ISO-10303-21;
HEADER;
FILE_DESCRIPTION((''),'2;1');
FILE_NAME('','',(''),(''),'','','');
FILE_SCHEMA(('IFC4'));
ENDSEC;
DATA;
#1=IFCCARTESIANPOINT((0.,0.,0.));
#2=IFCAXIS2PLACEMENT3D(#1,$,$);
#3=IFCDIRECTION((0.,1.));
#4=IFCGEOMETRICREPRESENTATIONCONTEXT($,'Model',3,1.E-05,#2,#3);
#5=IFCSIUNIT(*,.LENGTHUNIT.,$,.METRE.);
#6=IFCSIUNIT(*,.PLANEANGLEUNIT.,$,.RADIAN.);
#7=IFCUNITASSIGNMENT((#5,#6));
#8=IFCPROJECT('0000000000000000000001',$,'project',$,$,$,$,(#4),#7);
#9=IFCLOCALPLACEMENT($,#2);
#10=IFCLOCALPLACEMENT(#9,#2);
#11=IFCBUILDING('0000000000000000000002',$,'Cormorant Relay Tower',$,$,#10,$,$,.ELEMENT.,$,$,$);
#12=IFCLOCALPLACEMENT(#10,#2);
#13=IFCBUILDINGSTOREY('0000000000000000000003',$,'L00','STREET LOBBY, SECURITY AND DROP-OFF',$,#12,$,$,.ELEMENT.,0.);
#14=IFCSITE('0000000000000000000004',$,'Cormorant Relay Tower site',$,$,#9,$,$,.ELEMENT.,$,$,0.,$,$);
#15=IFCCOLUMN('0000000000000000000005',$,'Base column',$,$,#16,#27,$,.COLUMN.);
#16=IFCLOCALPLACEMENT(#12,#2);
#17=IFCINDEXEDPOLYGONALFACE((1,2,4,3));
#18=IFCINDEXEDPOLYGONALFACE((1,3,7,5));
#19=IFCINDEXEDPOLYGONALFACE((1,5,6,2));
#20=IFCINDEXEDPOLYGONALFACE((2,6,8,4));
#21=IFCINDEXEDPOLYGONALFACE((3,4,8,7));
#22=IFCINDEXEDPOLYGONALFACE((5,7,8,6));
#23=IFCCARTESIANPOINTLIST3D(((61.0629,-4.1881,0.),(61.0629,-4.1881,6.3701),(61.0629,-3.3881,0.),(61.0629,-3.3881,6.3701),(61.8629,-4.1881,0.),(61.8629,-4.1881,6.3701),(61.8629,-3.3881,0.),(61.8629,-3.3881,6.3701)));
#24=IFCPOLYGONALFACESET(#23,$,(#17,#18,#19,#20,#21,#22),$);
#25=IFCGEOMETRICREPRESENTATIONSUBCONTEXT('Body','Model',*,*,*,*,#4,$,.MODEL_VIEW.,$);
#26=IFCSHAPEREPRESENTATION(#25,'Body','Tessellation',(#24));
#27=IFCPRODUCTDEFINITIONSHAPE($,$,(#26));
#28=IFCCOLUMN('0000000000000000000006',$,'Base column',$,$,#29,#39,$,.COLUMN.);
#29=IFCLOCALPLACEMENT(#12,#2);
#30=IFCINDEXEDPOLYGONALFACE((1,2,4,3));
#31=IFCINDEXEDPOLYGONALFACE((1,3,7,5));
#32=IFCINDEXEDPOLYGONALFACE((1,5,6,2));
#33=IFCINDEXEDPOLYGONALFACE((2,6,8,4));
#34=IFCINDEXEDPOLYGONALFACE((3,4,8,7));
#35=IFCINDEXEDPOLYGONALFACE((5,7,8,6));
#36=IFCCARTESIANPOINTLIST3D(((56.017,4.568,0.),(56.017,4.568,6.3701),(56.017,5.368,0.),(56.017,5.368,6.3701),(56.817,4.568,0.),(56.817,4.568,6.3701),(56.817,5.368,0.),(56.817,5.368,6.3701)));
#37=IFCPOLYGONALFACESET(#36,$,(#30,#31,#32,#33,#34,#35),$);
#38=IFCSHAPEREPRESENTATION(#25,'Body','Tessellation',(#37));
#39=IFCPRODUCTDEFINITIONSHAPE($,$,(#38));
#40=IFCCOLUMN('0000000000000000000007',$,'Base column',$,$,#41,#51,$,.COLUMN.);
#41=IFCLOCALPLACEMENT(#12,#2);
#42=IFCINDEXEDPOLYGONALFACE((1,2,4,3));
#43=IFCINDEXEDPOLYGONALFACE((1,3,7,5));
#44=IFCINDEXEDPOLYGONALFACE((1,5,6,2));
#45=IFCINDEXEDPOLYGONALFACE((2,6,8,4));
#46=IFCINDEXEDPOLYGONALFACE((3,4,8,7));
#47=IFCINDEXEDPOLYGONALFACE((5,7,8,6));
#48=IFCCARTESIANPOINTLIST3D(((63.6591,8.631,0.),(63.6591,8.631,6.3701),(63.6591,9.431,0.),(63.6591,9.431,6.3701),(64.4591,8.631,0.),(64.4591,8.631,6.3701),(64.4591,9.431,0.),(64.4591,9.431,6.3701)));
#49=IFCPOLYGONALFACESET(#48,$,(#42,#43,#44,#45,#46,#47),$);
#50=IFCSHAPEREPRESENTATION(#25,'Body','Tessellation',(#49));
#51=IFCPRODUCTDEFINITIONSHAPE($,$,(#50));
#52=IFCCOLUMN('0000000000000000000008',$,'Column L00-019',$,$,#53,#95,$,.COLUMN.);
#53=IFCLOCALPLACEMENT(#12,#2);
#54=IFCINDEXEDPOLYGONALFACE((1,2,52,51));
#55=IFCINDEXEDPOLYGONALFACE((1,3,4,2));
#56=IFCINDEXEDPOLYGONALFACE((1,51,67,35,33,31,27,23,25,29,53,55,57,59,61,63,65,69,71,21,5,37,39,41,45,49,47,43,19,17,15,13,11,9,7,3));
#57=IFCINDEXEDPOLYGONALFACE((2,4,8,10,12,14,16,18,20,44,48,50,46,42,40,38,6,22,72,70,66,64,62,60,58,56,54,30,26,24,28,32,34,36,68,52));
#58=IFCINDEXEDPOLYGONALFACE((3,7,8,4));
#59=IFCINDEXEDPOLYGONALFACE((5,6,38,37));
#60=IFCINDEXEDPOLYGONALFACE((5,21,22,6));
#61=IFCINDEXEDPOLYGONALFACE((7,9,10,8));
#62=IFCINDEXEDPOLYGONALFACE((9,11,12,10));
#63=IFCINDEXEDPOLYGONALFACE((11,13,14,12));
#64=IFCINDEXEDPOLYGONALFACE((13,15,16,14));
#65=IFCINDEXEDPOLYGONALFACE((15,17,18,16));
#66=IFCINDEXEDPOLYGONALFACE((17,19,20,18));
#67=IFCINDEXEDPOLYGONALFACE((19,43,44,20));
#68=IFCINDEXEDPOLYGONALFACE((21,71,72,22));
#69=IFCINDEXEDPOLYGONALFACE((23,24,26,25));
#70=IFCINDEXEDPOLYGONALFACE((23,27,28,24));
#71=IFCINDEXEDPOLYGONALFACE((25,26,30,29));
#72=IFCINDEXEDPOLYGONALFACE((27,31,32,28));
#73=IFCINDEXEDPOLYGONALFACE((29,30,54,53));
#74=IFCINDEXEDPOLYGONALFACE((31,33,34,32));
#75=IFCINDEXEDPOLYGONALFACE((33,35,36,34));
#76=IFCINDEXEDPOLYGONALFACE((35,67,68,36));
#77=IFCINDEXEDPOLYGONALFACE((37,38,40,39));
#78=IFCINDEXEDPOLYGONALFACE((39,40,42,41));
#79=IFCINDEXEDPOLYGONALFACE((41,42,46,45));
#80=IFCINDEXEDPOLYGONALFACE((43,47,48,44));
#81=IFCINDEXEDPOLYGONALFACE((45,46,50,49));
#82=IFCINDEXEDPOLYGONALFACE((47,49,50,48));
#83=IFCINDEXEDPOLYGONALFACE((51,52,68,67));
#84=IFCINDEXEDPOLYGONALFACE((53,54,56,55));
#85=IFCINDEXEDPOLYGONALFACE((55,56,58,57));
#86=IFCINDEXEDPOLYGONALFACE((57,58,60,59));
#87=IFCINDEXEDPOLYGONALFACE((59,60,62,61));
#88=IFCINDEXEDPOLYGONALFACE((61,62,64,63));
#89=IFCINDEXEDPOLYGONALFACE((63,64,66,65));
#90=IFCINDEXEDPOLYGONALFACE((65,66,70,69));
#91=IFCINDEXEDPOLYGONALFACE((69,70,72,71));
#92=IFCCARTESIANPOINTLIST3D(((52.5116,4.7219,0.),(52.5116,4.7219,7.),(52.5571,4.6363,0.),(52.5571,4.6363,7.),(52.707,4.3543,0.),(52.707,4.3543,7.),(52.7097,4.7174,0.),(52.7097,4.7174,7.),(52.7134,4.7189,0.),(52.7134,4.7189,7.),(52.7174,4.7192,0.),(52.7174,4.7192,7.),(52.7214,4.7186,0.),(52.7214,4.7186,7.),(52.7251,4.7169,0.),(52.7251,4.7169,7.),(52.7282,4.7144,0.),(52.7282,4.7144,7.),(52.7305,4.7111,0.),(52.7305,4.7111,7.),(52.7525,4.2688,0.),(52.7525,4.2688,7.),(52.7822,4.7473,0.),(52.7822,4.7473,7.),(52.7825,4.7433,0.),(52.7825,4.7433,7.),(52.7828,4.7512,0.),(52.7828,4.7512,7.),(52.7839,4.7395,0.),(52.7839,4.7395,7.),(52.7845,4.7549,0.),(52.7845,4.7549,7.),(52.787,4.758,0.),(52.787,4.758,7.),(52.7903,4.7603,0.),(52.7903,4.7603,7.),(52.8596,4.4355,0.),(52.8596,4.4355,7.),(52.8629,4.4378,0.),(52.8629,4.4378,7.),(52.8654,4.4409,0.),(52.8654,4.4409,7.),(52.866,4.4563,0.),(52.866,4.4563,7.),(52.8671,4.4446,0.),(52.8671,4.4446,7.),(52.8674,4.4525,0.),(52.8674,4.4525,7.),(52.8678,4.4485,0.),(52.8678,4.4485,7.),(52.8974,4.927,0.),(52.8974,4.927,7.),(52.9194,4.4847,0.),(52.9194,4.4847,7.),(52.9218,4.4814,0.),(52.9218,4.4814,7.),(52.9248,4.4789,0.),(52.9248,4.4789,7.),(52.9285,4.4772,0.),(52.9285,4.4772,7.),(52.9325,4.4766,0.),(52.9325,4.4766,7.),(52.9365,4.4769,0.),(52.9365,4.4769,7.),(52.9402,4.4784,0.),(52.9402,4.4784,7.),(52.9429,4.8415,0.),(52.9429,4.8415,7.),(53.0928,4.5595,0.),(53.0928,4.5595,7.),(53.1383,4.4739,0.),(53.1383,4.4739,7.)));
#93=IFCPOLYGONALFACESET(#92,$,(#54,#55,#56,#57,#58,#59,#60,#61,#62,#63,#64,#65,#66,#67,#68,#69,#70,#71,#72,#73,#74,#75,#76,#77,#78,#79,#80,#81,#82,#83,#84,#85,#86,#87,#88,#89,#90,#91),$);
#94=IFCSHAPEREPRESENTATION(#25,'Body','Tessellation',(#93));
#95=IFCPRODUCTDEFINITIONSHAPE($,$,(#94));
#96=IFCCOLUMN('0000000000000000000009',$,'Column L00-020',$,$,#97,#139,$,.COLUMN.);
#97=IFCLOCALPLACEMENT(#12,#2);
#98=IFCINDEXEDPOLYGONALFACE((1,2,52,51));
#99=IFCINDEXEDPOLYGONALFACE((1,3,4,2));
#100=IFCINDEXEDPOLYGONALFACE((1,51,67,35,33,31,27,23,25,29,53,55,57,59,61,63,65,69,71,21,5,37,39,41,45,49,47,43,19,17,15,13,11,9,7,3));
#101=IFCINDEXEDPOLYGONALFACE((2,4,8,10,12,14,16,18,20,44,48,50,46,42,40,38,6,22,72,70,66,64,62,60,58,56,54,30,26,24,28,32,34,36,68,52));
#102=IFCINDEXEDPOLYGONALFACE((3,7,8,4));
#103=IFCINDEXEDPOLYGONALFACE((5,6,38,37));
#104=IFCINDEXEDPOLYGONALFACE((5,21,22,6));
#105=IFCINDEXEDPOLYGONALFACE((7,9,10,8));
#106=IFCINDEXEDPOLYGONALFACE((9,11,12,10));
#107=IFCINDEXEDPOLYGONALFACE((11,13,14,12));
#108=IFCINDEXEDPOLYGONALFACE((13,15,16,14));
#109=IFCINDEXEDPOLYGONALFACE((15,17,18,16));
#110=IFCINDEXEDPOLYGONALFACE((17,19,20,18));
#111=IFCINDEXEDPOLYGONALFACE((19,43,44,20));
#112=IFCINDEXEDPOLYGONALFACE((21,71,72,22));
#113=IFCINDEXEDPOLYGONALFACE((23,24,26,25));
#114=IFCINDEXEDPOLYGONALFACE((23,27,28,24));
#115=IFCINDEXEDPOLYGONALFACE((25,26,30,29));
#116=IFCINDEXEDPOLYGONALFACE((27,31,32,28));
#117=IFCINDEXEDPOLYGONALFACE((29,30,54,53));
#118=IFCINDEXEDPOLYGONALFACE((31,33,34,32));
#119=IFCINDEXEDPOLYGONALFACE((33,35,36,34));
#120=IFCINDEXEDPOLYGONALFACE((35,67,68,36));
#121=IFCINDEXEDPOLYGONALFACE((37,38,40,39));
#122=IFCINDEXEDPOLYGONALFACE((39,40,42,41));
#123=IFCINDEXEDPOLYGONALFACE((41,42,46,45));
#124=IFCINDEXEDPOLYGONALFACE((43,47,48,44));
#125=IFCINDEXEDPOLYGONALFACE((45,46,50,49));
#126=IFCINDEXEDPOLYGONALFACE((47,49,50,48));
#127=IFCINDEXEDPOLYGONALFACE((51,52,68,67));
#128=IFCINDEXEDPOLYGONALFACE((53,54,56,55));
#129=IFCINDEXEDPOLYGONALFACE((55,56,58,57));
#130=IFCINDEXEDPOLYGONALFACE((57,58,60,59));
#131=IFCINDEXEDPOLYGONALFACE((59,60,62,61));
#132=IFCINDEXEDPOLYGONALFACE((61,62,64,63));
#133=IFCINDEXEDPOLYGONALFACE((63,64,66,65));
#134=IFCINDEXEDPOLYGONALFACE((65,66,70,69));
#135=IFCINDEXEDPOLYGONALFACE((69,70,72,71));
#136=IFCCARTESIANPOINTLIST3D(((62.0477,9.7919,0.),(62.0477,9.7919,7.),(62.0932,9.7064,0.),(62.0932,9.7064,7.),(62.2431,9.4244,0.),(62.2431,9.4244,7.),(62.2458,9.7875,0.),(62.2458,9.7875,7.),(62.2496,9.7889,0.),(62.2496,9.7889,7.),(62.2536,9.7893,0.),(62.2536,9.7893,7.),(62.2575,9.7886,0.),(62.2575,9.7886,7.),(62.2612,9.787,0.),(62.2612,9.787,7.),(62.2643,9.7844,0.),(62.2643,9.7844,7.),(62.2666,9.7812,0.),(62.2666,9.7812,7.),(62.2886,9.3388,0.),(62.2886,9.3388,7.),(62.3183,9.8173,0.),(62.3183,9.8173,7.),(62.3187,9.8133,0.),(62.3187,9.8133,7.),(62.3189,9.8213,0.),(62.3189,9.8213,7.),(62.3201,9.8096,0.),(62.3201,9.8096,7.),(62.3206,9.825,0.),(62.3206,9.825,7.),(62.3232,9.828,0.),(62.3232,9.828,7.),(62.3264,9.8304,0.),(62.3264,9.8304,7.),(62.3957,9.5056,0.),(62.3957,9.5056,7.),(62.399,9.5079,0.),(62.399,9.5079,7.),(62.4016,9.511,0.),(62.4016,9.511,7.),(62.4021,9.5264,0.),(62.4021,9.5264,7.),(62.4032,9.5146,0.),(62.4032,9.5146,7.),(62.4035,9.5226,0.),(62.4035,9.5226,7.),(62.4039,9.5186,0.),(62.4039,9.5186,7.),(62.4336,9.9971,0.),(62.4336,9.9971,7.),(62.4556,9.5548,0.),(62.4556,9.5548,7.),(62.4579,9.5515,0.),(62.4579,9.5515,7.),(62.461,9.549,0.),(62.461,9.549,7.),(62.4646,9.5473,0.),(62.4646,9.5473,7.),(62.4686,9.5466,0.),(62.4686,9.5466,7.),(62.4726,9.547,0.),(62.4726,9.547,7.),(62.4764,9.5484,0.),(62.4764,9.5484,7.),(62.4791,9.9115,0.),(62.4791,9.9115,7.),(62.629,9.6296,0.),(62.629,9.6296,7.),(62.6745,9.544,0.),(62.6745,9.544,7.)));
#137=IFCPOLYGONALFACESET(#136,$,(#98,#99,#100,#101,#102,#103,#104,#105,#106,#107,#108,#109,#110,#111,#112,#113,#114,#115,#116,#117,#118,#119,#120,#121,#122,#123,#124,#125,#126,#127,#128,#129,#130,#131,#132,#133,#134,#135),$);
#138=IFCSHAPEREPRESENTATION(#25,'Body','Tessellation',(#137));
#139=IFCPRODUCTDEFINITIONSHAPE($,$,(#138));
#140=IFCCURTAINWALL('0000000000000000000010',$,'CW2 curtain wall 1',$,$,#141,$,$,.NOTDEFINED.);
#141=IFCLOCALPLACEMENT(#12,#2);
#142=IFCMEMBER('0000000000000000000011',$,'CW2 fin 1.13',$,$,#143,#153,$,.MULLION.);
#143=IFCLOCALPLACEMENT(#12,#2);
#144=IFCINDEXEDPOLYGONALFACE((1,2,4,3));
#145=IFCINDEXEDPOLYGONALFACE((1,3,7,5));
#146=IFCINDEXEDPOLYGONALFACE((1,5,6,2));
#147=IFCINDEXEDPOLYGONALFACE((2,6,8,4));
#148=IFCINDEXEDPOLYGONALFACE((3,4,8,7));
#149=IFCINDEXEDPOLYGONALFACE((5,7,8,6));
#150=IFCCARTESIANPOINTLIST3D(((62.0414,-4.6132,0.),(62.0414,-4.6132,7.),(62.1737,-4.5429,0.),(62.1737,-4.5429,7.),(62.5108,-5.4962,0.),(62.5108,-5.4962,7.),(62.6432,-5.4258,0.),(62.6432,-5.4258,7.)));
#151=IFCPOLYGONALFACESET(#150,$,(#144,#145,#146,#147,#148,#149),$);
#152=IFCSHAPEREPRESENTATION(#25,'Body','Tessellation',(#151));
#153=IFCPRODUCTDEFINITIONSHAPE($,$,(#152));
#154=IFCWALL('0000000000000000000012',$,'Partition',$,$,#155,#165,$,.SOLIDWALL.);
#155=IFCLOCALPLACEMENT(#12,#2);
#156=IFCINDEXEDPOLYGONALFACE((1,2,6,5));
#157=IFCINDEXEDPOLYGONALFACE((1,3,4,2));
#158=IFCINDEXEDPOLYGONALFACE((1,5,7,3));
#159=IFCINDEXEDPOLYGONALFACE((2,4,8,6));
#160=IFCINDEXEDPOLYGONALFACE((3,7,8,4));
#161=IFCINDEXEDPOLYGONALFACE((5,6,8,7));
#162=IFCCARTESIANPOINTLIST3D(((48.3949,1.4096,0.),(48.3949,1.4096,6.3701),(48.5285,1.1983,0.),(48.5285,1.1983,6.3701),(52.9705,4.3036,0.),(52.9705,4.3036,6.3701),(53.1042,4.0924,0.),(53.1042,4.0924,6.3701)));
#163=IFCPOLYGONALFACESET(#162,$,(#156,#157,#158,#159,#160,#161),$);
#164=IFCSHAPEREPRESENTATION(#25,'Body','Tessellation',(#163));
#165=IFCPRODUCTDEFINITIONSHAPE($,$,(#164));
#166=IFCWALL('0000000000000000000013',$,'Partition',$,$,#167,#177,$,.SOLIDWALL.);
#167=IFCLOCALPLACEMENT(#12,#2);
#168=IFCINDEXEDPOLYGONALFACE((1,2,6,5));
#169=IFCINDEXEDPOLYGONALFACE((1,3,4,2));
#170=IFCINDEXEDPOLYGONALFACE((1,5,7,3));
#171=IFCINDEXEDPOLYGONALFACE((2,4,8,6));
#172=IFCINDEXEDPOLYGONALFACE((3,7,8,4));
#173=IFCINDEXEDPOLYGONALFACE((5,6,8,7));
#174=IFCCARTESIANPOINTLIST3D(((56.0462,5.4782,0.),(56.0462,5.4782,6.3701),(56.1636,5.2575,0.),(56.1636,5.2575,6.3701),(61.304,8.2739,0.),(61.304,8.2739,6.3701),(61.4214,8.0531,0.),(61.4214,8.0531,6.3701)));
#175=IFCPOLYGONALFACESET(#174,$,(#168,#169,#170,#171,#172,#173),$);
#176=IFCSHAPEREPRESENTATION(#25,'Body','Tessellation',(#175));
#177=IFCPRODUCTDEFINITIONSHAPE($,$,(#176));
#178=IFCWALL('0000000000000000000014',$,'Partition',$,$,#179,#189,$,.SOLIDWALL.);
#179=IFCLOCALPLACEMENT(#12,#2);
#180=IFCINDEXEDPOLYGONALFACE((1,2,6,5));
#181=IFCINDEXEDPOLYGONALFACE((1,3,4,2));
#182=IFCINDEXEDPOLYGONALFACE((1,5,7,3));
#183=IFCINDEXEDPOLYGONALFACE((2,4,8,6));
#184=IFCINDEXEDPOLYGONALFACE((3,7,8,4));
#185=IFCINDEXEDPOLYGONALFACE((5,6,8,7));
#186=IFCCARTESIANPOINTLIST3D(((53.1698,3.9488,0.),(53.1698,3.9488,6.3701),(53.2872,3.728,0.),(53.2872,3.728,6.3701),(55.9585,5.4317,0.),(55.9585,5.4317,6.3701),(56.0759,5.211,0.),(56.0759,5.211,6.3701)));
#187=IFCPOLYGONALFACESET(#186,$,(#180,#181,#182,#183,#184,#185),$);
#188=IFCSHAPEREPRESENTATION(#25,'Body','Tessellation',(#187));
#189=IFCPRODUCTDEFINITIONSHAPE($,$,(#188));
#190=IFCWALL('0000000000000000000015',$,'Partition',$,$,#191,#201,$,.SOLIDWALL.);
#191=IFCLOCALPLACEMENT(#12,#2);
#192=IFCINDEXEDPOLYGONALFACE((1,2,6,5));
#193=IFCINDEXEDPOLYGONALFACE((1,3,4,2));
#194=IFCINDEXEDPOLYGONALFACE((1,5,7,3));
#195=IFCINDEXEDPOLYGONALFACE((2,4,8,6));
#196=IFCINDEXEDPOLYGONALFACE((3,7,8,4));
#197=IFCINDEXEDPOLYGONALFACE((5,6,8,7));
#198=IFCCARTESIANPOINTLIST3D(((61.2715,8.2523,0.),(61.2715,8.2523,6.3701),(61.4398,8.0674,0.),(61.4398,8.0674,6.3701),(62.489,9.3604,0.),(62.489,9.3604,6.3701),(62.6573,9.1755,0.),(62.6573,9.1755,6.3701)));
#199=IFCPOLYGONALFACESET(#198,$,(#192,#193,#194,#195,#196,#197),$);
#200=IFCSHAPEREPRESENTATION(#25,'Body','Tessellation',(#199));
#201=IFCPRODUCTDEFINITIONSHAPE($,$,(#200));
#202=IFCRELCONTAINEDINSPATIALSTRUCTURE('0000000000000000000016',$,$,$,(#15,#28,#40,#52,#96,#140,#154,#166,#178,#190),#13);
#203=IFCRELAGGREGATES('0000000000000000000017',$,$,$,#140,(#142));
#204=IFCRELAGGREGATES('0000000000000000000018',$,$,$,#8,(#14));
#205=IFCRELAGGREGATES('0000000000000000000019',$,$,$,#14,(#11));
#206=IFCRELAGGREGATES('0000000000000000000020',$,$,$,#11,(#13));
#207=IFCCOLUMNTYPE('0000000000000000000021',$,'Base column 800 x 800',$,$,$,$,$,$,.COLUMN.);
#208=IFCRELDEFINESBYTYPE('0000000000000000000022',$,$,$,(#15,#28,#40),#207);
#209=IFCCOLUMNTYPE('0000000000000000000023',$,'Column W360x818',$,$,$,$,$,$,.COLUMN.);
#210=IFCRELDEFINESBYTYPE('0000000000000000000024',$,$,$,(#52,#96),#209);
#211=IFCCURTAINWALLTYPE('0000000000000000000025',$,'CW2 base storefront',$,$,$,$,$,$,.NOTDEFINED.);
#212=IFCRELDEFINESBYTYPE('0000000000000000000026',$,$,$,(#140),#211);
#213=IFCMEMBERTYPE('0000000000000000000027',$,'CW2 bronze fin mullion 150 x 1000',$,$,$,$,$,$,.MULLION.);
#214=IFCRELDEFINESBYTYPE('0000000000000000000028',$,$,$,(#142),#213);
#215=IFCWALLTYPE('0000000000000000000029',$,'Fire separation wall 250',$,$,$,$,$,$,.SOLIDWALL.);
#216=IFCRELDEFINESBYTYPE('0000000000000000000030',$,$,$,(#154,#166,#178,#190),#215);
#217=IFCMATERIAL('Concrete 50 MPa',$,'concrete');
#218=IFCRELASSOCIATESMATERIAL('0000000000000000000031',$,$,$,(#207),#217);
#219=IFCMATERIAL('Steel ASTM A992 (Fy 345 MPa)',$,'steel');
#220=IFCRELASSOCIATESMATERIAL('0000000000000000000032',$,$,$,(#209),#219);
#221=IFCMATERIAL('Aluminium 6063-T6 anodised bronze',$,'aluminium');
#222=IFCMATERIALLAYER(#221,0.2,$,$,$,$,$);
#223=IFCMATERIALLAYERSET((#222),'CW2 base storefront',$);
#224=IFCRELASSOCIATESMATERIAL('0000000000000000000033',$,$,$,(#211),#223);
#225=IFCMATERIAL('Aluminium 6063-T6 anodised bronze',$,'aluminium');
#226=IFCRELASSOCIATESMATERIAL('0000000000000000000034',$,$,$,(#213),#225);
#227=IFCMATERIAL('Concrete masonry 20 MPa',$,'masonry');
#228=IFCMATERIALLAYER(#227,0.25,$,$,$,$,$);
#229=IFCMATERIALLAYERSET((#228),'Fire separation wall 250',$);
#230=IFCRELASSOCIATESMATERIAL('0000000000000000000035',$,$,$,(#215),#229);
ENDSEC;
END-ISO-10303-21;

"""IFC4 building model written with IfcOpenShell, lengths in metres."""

from ifc_helpers import new_model, si_unit, direction, frame, frame_2d, origin, origin_2d, place, context, subcontext, project, spatial, rectangle, i_section, extrude, material, layer, layer_set, material_profile, profile_set, type_object, element, aggregate, save


model = new_model("IFC4")

# Units and contexts
model_context = context("Model", 3, precision=1e-05, world=origin(), true_north=direction((0.0, 1.0)))
body_context = subcontext(model_context, "Body", "Model", "MODEL_VIEW")
ifc_project = project(units=[si_unit("LENGTHUNIT", "METRE"), si_unit("PLANEANGLEUNIT", "RADIAN")], contexts=[model_context])

# Site, building, storey
site_placement = place(None, origin())
site = spatial("IfcSite", under=ifc_project, at=site_placement, Name="Cormorant Relay Tower site", CompositionType="ELEMENT", RefElevation=0.0)
building_placement = place(site_placement, origin())
building = spatial("IfcBuilding", under=site, at=building_placement, Name="Cormorant Relay Tower", CompositionType="ELEMENT")
storey_placement = place(building_placement, origin())
storey = spatial("IfcBuildingStorey", under=building, at=storey_placement, Name="L00", Description="STREET LOBBY, SECURITY AND DROP-OFF", CompositionType="ELEMENT", Elevation=0.0)

# Columns
ifc_material_1 = material(Name="Concrete 50 MPa", Category="concrete")
ifc_material_profile_1 = material_profile(ifc_material_1, rectangle(XDim=0.8, YDim=0.8, at=origin_2d()), Name="RC 800x800")
ifc_profile_set_1 = profile_set([ifc_material_profile_1], Name="Concrete 50 MPa")
column_type_1 = type_object("IfcColumnType", Name="Base column 800 x 800", PredefinedType="COLUMN", material=ifc_profile_set_1)
for number, where, z_axis, x_axis, name in (
    (1, (61.4629, -3.7881, 0.0), (0.0, 0.0, 1.0), (1.0, 0.0, 0.0), "Base column"),
    (2, (56.417, 4.968, 0.0), (0.0, 0.0, 1.0), (1.0, 0.0, 0.0), "Base column"),
    (3, (64.0591, 9.031, 0.0), (0.0, 0.0, 1.0), (1.0, 0.0, 0.0), "Base column"),
):
    element("IfcColumn", number, at=place(storey_placement, frame(where, z_axis=z_axis, x_axis=x_axis)), inside=storey, type_object=column_type_1, Name=name, PredefinedType="COLUMN", context=body_context, shape_type="SweptSolid", body=[
        extrude(rectangle(XDim=0.8, YDim=0.8, at=origin_2d()), origin(), (0.0, 0.0, 1.0), 6.3701),
    ])
ifc_material_2 = material(Name="Steel ASTM A992 (Fy 345 MPa)", Category="steel")
ifc_material_profile_2 = material_profile(ifc_material_2, i_section(OverallWidth=0.437, OverallDepth=0.5132, WebThickness=0.0605, FlangeThickness=0.0969, FilletRadius=0.0154, at=origin_2d()), Name="W360x818")
ifc_profile_set_2 = profile_set([ifc_material_profile_2], Name="Steel ASTM A992 (Fy 345 MPa)")
column_type_2 = type_object("IfcColumnType", Name="Column W360x818", PredefinedType="COLUMN", material=ifc_profile_set_2)
for number, where, z_axis, x_axis, name in (
    (4, (52.825, 4.5979, 0.0), (0.0, 0.0, 1.0), (0.882948, 0.469472, 0.0), "Column L00-019"),
    (5, (62.3611, 9.668, 0.0), (0.0, 0.0, 1.0), (0.882948, 0.469472, 0.0), "Column L00-020"),
):
    element("IfcColumn", number, at=place(storey_placement, frame(where, z_axis=z_axis, x_axis=x_axis)), inside=storey, type_object=column_type_2, Name=name, PredefinedType="COLUMN", context=body_context, shape_type="SweptSolid", body=[
        extrude(i_section(OverallWidth=0.437, OverallDepth=0.5132, WebThickness=0.0605, FlangeThickness=0.0969, FilletRadius=0.0154, at=origin_2d()), origin(), (0.0, 0.0, 1.0), 7.0),
    ])

# Curtain wall, member
ifc_material_3 = material(Name="Aluminium 6063-T6 anodised bronze", Category="aluminium")
ifc_layer_1 = layer(ifc_material_3, 0.2)
ifc_layer_set_1 = layer_set([ifc_layer_1], Name="CW2 base storefront")
curtain_wall_type = type_object("IfcCurtainWallType", Name="CW2 base storefront", PredefinedType="NOTDEFINED", material=ifc_layer_set_1)
curtain_wall_placement = place(storey_placement, origin())
curtain_wall = element("IfcCurtainWall", 6, at=curtain_wall_placement, inside=storey, type_object=curtain_wall_type, Name="CW2 curtain wall 1", PredefinedType="NOTDEFINED")
ifc_material_4 = material(Name="Aluminium 6063-T6 anodised bronze", Category="aluminium")
ifc_material_profile_3 = material_profile(ifc_material_4, rectangle(XDim=0.1499, YDim=1.0, at=origin_2d()), Name="AL 150x1000")
ifc_profile_set_3 = profile_set([ifc_material_profile_3], Name="Aluminium 6063-T6 anodised bronze")
member_type = type_object("IfcMemberType", Name="CW2 bronze fin mullion 150 x 1000", PredefinedType="MULLION", material=ifc_profile_set_3)
member_placement = place(storey_placement, frame((62.3423, -5.0195, 0.0), z_axis=(0.0, 0.0, 1.0), x_axis=(0.882948, 0.469472, 0.0)))
member = element("IfcMember", 7, at=member_placement, type_object=member_type, Name="CW2 fin 1.13", PredefinedType="MULLION", context=body_context, shape_type="SweptSolid", body=[
    extrude(rectangle(XDim=0.1499, YDim=1.0, at=origin_2d()), origin(), (0.0, 0.0, 1.0), 7.0),
])
aggregate(curtain_wall, [member])

# Walls
ifc_material_5 = material(Name="Concrete masonry 20 MPa", Category="masonry")
ifc_layer_2 = layer(ifc_material_5, 0.25)
ifc_layer_set_2 = layer_set([ifc_layer_2], Name="Fire separation wall 250")
wall_type_1 = type_object("IfcWallType", Name="Fire separation wall 250", PredefinedType="SOLIDWALL", material=ifc_layer_set_2)
wall_1_placement = place(storey_placement, frame((53.0374, 4.198, 0.0), z_axis=(0.0, 0.0, 1.0), x_axis=(-0.845144, -0.534539, 0.0)))
element("IfcWall", 8, at=wall_1_placement, inside=storey, type_object=wall_type_1, Name="Partition", PredefinedType="SOLIDWALL", context=body_context, shape_type="SweptSolid", body=[
    extrude(rectangle(XDim=5.4141, YDim=0.25, at=frame_2d((2.707, 0.0))), origin(), (0.0, 0.0, 1.0), 6.3701),
])
wall_2_placement = place(storey_placement, frame((61.3628, 8.1636, 0.0), z_axis=(0.0, 0.0, 1.0), x_axis=(-0.882946, -0.469475, 0.0)))
element("IfcWall", 9, at=wall_2_placement, inside=storey, type_object=wall_type_1, Name="Partition", PredefinedType="SOLIDWALL", context=body_context, shape_type="SweptSolid", body=[
    extrude(rectangle(XDim=5.9548, YDim=0.25, at=frame_2d((2.9775, 0.0))), origin(), (0.0, 0.0, 1.0), 6.3701),
])
wall_3_placement = place(storey_placement, frame((56.0171, 5.3213, 0.0), z_axis=(0.0, 0.0, 1.0), x_axis=(-0.882921, -0.469521, 0.0)))
element("IfcWall", 10, at=wall_3_placement, inside=storey, type_object=wall_type_1, Name="Partition", PredefinedType="SOLIDWALL", context=body_context, shape_type="SweptSolid", body=[
    extrude(rectangle(XDim=3.1584, YDim=0.25, at=frame_2d((1.5791, 0.0))), origin(), (0.0, 0.0, 1.0), 6.3701),
])
wall_4_placement = place(storey_placement, frame((62.5732, 9.2681, 0.0), z_axis=(0.0, 0.0, 1.0), x_axis=(-0.739544, -0.673108, 0.0)))
element("IfcWall", 11, at=wall_4_placement, inside=storey, type_object=wall_type_1, Name="Partition", PredefinedType="SOLIDWALL", context=body_context, shape_type="SweptSolid", body=[
    extrude(rectangle(XDim=1.6462, YDim=0.25, at=frame_2d((0.8232, 0.0))), origin(), (0.0, 0.0, 1.0), 6.3701),
])

save(model, "model.ifc")
